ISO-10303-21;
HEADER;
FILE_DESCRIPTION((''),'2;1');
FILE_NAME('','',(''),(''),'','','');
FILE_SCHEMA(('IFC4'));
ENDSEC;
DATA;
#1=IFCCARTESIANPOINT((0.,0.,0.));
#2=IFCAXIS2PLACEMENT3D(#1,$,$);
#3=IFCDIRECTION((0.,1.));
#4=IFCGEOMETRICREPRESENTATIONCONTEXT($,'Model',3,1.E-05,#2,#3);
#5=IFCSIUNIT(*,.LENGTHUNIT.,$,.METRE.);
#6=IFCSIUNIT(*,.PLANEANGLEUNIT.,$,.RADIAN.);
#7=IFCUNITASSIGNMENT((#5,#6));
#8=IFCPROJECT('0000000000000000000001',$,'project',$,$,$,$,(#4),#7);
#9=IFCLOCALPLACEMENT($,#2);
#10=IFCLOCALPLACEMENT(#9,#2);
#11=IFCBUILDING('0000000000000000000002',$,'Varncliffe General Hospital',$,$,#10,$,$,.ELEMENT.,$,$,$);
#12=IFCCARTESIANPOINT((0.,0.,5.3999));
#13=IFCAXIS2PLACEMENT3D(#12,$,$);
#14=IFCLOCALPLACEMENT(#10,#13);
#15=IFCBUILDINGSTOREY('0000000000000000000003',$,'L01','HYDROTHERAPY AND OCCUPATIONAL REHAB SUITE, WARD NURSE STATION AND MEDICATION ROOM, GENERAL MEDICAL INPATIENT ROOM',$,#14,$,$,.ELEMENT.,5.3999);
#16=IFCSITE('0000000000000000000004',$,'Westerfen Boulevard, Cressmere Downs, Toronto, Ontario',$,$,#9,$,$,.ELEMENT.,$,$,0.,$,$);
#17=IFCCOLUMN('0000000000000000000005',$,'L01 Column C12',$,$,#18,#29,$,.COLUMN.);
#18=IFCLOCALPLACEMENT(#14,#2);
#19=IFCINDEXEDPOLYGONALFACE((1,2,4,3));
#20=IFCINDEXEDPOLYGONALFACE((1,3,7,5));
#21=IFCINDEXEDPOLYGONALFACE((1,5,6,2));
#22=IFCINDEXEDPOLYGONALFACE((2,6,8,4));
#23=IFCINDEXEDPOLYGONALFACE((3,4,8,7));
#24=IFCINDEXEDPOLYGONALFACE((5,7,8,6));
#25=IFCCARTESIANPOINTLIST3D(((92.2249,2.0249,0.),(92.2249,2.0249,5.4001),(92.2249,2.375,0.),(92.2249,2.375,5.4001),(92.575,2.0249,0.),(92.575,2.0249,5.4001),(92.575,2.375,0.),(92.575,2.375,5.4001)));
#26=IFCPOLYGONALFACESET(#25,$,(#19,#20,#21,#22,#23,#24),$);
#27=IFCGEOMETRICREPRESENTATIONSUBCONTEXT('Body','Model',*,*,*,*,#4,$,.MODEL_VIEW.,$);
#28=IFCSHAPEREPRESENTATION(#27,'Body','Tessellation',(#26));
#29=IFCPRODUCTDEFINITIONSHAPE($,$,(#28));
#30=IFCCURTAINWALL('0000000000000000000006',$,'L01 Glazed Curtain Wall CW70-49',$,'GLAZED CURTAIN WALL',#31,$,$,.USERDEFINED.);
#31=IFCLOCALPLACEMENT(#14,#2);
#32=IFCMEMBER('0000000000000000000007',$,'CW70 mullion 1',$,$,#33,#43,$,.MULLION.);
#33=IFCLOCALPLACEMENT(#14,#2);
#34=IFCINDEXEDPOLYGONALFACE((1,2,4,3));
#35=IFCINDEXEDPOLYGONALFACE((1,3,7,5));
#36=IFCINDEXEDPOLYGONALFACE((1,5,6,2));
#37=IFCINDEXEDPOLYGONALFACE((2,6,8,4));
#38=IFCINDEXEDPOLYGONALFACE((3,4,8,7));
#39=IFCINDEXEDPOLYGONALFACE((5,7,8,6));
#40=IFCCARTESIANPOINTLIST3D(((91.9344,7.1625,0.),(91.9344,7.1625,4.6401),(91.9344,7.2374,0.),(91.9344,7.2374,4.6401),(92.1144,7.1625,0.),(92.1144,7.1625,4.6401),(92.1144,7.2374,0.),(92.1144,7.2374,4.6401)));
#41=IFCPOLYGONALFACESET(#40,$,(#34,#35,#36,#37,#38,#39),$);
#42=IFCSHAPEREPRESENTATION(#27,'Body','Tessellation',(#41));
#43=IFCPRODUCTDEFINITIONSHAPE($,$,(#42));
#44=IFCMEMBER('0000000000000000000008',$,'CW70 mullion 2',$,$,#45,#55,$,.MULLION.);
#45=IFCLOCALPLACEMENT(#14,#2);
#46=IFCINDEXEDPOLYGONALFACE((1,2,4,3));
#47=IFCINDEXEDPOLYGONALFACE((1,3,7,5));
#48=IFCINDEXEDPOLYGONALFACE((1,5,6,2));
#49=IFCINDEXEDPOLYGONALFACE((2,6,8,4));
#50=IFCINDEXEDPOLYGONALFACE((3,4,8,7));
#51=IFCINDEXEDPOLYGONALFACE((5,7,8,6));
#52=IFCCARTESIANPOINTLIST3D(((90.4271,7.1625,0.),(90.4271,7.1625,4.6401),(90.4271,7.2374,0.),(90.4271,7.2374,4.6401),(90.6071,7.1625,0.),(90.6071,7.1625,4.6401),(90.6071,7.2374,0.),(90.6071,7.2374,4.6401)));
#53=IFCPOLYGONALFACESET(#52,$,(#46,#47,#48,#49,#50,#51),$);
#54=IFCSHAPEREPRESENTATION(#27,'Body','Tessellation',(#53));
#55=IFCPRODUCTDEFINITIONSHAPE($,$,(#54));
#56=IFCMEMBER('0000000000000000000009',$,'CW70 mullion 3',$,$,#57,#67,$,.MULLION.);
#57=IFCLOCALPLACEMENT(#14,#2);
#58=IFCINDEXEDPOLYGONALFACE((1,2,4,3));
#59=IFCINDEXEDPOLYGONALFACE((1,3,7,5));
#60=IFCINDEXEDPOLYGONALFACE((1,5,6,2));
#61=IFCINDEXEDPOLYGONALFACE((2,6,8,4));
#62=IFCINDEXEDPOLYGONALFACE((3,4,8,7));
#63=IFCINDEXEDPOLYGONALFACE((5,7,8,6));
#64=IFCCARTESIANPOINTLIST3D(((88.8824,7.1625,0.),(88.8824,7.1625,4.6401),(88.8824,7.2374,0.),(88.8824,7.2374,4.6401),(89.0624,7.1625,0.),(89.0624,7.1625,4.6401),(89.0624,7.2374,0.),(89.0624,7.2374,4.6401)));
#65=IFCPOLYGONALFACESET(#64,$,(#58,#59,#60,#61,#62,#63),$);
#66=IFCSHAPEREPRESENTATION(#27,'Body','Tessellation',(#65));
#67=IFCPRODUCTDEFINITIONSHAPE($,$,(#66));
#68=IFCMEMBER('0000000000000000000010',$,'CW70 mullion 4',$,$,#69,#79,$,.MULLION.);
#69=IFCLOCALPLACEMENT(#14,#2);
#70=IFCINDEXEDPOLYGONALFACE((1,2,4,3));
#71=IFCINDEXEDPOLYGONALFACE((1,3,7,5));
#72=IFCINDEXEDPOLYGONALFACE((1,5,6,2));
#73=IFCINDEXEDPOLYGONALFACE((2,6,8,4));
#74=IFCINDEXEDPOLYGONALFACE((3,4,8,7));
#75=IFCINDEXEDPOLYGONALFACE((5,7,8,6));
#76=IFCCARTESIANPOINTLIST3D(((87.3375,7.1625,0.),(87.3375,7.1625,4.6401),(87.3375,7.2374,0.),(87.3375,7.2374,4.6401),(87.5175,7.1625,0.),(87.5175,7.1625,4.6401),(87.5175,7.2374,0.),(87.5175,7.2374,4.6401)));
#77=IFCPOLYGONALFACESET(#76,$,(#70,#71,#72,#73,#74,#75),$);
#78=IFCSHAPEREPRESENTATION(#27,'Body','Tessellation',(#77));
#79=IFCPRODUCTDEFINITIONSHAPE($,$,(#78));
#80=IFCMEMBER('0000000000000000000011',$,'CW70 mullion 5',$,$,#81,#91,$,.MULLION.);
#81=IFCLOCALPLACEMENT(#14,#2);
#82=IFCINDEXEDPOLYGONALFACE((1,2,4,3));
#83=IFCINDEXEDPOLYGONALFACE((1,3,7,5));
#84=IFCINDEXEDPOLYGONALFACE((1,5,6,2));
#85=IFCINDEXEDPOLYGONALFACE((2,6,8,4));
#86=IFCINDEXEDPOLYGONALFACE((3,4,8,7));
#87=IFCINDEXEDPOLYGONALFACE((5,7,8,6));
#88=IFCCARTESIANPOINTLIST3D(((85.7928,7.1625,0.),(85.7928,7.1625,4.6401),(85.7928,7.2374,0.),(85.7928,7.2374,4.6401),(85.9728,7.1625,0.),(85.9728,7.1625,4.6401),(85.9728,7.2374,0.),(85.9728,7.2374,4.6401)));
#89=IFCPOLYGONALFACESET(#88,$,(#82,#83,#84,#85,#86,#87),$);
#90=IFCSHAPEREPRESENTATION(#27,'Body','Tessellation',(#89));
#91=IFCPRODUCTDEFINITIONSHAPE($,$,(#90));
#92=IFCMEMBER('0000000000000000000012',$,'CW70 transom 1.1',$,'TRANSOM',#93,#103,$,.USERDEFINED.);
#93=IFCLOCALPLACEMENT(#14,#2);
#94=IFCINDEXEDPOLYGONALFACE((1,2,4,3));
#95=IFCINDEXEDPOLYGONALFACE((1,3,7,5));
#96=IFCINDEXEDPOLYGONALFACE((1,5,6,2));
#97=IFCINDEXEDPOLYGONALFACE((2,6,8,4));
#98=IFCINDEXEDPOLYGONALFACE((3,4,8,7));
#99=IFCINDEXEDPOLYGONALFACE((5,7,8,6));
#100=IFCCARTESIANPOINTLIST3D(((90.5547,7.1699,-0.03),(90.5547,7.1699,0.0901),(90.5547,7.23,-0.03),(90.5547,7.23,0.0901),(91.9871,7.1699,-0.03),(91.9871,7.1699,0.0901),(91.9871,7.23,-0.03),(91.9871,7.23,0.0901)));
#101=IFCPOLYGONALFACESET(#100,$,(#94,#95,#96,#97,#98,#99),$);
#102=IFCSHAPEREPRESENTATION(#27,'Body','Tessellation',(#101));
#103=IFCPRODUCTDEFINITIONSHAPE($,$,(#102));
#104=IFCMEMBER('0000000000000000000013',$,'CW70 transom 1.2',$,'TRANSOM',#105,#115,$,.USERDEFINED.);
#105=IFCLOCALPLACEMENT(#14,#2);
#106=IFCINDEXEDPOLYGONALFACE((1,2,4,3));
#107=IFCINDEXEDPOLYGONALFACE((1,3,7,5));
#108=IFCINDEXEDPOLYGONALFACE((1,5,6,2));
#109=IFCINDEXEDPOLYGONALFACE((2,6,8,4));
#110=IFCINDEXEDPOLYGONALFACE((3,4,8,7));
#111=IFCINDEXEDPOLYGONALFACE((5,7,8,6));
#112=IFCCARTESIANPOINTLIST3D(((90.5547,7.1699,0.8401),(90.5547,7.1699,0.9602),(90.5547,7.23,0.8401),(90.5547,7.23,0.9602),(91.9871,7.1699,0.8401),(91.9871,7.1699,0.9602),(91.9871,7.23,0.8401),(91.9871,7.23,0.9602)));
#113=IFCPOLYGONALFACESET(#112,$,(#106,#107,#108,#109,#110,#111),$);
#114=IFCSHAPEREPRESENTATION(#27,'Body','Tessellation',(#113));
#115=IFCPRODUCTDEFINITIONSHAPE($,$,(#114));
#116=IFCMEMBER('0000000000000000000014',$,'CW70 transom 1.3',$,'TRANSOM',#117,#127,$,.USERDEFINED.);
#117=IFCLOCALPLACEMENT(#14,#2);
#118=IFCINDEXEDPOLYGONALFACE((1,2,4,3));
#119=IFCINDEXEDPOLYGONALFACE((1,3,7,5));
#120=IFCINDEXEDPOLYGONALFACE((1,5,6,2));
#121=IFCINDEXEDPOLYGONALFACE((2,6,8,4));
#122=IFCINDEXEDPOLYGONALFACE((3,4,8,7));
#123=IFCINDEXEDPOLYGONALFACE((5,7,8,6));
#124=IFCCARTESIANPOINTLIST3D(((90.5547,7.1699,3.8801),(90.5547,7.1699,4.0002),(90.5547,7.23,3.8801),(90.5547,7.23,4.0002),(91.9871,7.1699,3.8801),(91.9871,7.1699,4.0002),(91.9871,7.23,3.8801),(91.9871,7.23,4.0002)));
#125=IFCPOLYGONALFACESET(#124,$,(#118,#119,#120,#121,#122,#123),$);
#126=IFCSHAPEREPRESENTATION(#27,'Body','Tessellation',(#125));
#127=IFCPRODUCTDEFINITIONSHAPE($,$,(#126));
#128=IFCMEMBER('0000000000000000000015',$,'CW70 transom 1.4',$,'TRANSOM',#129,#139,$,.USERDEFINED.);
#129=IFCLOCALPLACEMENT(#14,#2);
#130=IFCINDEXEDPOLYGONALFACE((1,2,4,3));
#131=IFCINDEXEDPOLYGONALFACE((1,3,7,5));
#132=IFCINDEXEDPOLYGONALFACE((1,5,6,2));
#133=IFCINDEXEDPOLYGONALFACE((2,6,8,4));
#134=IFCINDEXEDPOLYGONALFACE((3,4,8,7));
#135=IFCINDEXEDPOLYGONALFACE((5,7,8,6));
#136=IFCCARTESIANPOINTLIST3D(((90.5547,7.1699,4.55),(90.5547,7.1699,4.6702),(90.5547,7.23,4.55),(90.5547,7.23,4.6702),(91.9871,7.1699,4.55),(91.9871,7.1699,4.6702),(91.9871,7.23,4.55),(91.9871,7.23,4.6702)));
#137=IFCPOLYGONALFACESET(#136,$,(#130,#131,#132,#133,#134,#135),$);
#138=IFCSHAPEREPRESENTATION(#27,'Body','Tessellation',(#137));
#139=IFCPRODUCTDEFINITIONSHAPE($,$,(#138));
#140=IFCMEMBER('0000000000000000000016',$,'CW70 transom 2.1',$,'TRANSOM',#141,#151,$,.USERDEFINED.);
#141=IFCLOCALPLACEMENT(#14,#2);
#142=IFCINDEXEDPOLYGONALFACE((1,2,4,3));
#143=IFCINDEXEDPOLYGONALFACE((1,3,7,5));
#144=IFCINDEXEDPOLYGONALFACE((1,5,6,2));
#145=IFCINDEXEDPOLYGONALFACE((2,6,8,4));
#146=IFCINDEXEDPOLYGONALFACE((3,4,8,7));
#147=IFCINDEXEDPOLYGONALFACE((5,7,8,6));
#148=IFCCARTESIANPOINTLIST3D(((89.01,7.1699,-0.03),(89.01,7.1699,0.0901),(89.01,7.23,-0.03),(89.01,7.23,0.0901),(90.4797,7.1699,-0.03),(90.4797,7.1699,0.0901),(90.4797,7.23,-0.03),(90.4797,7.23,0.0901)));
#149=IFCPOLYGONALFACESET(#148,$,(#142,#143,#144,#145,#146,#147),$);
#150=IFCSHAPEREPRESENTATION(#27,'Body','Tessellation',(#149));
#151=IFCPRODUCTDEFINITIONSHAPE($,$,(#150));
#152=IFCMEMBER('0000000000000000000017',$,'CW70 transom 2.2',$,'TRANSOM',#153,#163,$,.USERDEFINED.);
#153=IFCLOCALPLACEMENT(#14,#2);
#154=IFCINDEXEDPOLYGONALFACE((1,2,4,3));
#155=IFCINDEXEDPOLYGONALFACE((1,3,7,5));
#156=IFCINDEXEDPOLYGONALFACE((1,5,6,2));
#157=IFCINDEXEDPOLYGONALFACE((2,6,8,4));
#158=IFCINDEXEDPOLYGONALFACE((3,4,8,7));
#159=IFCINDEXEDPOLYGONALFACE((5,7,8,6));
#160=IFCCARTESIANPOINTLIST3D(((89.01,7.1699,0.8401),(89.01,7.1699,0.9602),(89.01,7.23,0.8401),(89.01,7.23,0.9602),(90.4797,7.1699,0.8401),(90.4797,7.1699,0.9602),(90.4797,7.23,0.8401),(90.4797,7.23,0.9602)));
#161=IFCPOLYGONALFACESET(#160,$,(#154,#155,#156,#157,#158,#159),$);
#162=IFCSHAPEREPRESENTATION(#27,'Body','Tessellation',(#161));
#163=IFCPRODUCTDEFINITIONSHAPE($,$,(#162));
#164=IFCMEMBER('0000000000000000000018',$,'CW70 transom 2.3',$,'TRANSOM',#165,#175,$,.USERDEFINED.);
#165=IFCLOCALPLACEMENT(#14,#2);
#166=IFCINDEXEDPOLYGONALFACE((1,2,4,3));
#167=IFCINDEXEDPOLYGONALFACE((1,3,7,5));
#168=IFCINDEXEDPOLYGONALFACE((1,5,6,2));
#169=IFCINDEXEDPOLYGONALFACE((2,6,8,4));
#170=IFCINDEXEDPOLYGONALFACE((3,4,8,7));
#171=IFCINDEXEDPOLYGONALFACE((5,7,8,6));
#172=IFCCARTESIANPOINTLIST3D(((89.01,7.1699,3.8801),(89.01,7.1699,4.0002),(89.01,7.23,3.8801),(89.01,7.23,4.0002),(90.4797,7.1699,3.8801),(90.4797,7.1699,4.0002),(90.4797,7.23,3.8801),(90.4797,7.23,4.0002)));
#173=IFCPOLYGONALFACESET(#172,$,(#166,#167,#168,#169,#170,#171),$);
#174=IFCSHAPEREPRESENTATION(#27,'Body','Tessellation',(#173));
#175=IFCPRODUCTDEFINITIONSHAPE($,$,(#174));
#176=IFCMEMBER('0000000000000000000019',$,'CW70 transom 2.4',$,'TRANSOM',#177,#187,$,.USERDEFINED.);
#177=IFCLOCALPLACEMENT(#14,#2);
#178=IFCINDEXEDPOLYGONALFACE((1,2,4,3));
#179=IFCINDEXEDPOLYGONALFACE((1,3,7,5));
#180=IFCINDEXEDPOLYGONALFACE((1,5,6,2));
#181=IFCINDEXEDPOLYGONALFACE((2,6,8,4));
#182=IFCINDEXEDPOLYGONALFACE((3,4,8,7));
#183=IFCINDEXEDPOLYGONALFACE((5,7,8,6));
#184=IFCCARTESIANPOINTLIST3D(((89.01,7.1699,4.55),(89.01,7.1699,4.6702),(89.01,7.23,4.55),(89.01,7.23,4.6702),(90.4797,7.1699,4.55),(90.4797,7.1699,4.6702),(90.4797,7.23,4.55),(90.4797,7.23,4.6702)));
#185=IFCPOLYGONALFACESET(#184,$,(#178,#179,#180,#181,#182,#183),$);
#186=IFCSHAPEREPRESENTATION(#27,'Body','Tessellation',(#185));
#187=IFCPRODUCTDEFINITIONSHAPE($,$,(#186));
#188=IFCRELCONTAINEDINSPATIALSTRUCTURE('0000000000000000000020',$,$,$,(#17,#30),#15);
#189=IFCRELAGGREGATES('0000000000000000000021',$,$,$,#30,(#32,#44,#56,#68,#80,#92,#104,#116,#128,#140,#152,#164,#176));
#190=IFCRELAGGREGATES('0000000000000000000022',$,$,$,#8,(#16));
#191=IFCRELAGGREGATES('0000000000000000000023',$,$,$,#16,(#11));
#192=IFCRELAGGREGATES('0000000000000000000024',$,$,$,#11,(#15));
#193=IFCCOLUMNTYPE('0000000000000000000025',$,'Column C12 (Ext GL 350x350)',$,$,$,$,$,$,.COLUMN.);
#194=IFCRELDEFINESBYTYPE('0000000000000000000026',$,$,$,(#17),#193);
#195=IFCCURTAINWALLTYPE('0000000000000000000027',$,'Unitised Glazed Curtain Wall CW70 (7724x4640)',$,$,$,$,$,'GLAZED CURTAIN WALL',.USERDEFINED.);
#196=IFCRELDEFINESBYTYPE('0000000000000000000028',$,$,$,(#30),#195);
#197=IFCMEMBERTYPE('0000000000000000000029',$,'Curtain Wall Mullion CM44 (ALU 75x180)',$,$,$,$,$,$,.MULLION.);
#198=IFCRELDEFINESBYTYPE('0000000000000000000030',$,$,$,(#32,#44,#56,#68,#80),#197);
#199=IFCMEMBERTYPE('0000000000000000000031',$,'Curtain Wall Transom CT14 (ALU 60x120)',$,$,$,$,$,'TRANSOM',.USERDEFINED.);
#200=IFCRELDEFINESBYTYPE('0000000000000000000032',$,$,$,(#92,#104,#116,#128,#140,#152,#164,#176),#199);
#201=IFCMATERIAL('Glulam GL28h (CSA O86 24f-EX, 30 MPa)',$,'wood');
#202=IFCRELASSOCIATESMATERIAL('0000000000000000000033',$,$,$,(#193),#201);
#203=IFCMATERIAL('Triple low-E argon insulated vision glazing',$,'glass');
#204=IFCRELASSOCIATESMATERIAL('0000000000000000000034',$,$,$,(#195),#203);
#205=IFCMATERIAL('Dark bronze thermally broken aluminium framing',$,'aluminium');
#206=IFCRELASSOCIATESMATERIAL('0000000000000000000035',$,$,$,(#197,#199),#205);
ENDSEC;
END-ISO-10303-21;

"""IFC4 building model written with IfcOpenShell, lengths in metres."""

from ifc_helpers import new_model, si_unit, direction, frame, origin, origin_2d, place, context, subcontext, project, spatial, rectangle, extrude, material, material_profile, profile_set, type_object, element, aggregate, save


model = new_model("IFC4")

# Units and contexts
model_context = context("Model", 3, precision=1e-05, world=origin(), true_north=direction((0.0, 1.0)))
body_context = subcontext(model_context, "Body", "Model", "MODEL_VIEW")
ifc_project = project(units=[si_unit("LENGTHUNIT", "METRE"), si_unit("PLANEANGLEUNIT", "RADIAN")], contexts=[model_context])

# Site, building, storey
site_placement = place(None, origin())
site = spatial("IfcSite", under=ifc_project, at=site_placement, Name="Westerfen Boulevard, Cressmere Downs, Toronto, Ontario", CompositionType="ELEMENT", RefElevation=0.0)
building_placement = place(site_placement, origin())
building = spatial("IfcBuilding", under=site, at=building_placement, Name="Varncliffe General Hospital", CompositionType="ELEMENT")
storey_placement = place(building_placement, frame((0.0, 0.0, 5.3999)))
storey = spatial("IfcBuildingStorey", under=building, at=storey_placement, Name="L01", Description="HYDROTHERAPY AND OCCUPATIONAL REHAB SUITE, WARD NURSE STATION AND MEDICATION ROOM, GENERAL MEDICAL INPATIENT ROOM", CompositionType="ELEMENT", Elevation=5.3999)

# Column
ifc_material_1 = material(Name="Glulam GL28h (CSA O86 24f-EX, 30 MPa)", Category="wood")
ifc_material_profile_1 = material_profile(ifc_material_1, rectangle(XDim=0.3501, YDim=0.3501, at=origin_2d()), Name="GL 350x350")
ifc_profile_set_1 = profile_set([ifc_material_profile_1], Name="Glulam GL28h (CSA O86 24f-EX, 30 MPa)")
column_type = type_object("IfcColumnType", Name="Column C12 (Ext GL 350x350)", PredefinedType="COLUMN", material=ifc_profile_set_1)
column_placement = place(storey_placement, frame((92.3999, 2.2, 0.0), z_axis=(0.0, 0.0, 1.0), x_axis=(1.0, 0.0, 0.0)))
element("IfcColumn", 1, at=column_placement, inside=storey, type_object=column_type, Name="L01 Column C12", PredefinedType="COLUMN", context=body_context, shape_type="SweptSolid", body=[
    extrude(rectangle(XDim=0.3501, YDim=0.3501, at=origin_2d()), origin(), (0.0, 0.0, 1.0), 5.4001),
])

# Curtain wall, members
ifc_material_2 = material(Name="Triple low-E argon insulated vision glazing", Category="glass")
curtain_wall_type = type_object("IfcCurtainWallType", Name="Unitised Glazed Curtain Wall CW70 (7724x4640)", ElementType="GLAZED CURTAIN WALL", PredefinedType="USERDEFINED", material=ifc_material_2)
curtain_wall_placement = place(storey_placement, origin())
curtain_wall = element("IfcCurtainWall", 2, at=curtain_wall_placement, inside=storey, type_object=curtain_wall_type, Name="L01 Glazed Curtain Wall CW70-49", ObjectType="GLAZED CURTAIN WALL", PredefinedType="USERDEFINED")
ifc_material_3 = material(Name="Dark bronze thermally broken aluminium framing", Category="aluminium")
ifc_material_profile_2 = material_profile(ifc_material_3, rectangle(XDim=0.075, YDim=0.1799, at=origin_2d()), Name="ALU 75x180")
ifc_profile_set_2 = profile_set([ifc_material_profile_2], Name="Dark bronze thermally broken aluminium framing")
member_type_1 = type_object("IfcMemberType", Name="Curtain Wall Mullion CM44 (ALU 75x180)", PredefinedType="MULLION", material=ifc_profile_set_2)
member_1_placement = place(storey_placement, frame((92.0244, 7.2, 0.0), z_axis=(0.0, 0.0, 1.0), x_axis=(0.0, -1.0, 0.0)))
member_1 = element("IfcMember", 3, at=member_1_placement, type_object=member_type_1, Name="CW70 mullion 1", PredefinedType="MULLION", context=body_context, shape_type="SweptSolid", body=[
    extrude(rectangle(XDim=0.075, YDim=0.1799, at=origin_2d()), origin(), (0.0, 0.0, 1.0), 4.6401),
])
member_2_placement = place(storey_placement, frame((90.5171, 7.2, 0.0), z_axis=(0.0, 0.0, 1.0), x_axis=(0.0, -1.0, 0.0)))
member_2 = element("IfcMember", 4, at=member_2_placement, type_object=member_type_1, Name="CW70 mullion 2", PredefinedType="MULLION", context=body_context, shape_type="SweptSolid", body=[
    extrude(rectangle(XDim=0.075, YDim=0.1799, at=origin_2d()), origin(), (0.0, 0.0, 1.0), 4.6401),
])
member_3_placement = place(storey_placement, frame((88.9724, 7.2, 0.0), z_axis=(0.0, 0.0, 1.0), x_axis=(0.0, -1.0, 0.0)))
member_3 = element("IfcMember", 5, at=member_3_placement, type_object=member_type_1, Name="CW70 mullion 3", PredefinedType="MULLION", context=body_context, shape_type="SweptSolid", body=[
    extrude(rectangle(XDim=0.075, YDim=0.1799, at=origin_2d()), origin(), (0.0, 0.0, 1.0), 4.6401),
])
member_4_placement = place(storey_placement, frame((87.4275, 7.2, 0.0), z_axis=(0.0, 0.0, 1.0), x_axis=(0.0, -1.0, 0.0)))
member_4 = element("IfcMember", 6, at=member_4_placement, type_object=member_type_1, Name="CW70 mullion 4", PredefinedType="MULLION", context=body_context, shape_type="SweptSolid", body=[
    extrude(rectangle(XDim=0.075, YDim=0.1799, at=origin_2d()), origin(), (0.0, 0.0, 1.0), 4.6401),
])
member_5_placement = place(storey_placement, frame((85.8828, 7.2, 0.0), z_axis=(0.0, 0.0, 1.0), x_axis=(0.0, -1.0, 0.0)))
member_5 = element("IfcMember", 7, at=member_5_placement, type_object=member_type_1, Name="CW70 mullion 5", PredefinedType="MULLION", context=body_context, shape_type="SweptSolid", body=[
    extrude(rectangle(XDim=0.075, YDim=0.1799, at=origin_2d()), origin(), (0.0, 0.0, 1.0), 4.6401),
])
ifc_material_profile_3 = material_profile(ifc_material_3, rectangle(XDim=0.0601, YDim=0.1201, at=origin_2d()), Name="ALU 60x120")
ifc_profile_set_3 = profile_set([ifc_material_profile_3], Name="Dark bronze thermally broken aluminium framing")
member_type_2 = type_object("IfcMemberType", Name="Curtain Wall Transom CT14 (ALU 60x120)", ElementType="TRANSOM", PredefinedType="USERDEFINED", material=ifc_profile_set_3)
member_6_placement = place(storey_placement, frame((91.9871, 7.2, 0.03), z_axis=(-1.0, 0.0, 0.0), x_axis=(0.0, -1.0, 0.0)))
member_6 = element("IfcMember", 8, at=member_6_placement, type_object=member_type_2, Name="CW70 transom 1.1", ObjectType="TRANSOM", PredefinedType="USERDEFINED", context=body_context, shape_type="SweptSolid", body=[
    extrude(rectangle(XDim=0.0601, YDim=0.1201, at=origin_2d()), origin(), (0.0, 0.0, 1.0), 1.4324),
])
member_7_placement = place(storey_placement, frame((91.9871, 7.2, 0.9001), z_axis=(-1.0, 0.0, 0.0), x_axis=(0.0, -1.0, 0.0)))
member_7 = element("IfcMember", 9, at=member_7_placement, type_object=member_type_2, Name="CW70 transom 1.2", ObjectType="TRANSOM", PredefinedType="USERDEFINED", context=body_context, shape_type="SweptSolid", body=[
    extrude(rectangle(XDim=0.0601, YDim=0.1201, at=origin_2d()), origin(), (0.0, 0.0, 1.0), 1.4324),
])
member_8_placement = place(storey_placement, frame((91.9871, 7.2, 3.9402), z_axis=(-1.0, 0.0, 0.0), x_axis=(0.0, -1.0, 0.0)))
member_8 = element("IfcMember", 10, at=member_8_placement, type_object=member_type_2, Name="CW70 transom 1.3", ObjectType="TRANSOM", PredefinedType="USERDEFINED", context=body_context, shape_type="SweptSolid", body=[
    extrude(rectangle(XDim=0.0601, YDim=0.1201, at=origin_2d()), origin(), (0.0, 0.0, 1.0), 1.4324),
])
member_9_placement = place(storey_placement, frame((91.9871, 7.2, 4.6101), z_axis=(-1.0, 0.0, 0.0), x_axis=(0.0, -1.0, 0.0)))
member_9 = element("IfcMember", 11, at=member_9_placement, type_object=member_type_2, Name="CW70 transom 1.4", ObjectType="TRANSOM", PredefinedType="USERDEFINED", context=body_context, shape_type="SweptSolid", body=[
    extrude(rectangle(XDim=0.0601, YDim=0.1201, at=origin_2d()), origin(), (0.0, 0.0, 1.0), 1.4324),
])
member_10_placement = place(storey_placement, frame((90.4797, 7.2, 0.03), z_axis=(-1.0, 0.0, 0.0), x_axis=(0.0, -1.0, 0.0)))
member_10 = element("IfcMember", 12, at=member_10_placement, type_object=member_type_2, Name="CW70 transom 2.1", ObjectType="TRANSOM", PredefinedType="USERDEFINED", context=body_context, shape_type="SweptSolid", body=[
    extrude(rectangle(XDim=0.0601, YDim=0.1201, at=origin_2d()), origin(), (0.0, 0.0, 1.0), 1.4697),
])
member_11_placement = place(storey_placement, frame((90.4797, 7.2, 0.9001), z_axis=(-1.0, 0.0, 0.0), x_axis=(0.0, -1.0, 0.0)))
member_11 = element("IfcMember", 13, at=member_11_placement, type_object=member_type_2, Name="CW70 transom 2.2", ObjectType="TRANSOM", PredefinedType="USERDEFINED", context=body_context, shape_type="SweptSolid", body=[
    extrude(rectangle(XDim=0.0601, YDim=0.1201, at=origin_2d()), origin(), (0.0, 0.0, 1.0), 1.4697),
])
member_12_placement = place(storey_placement, frame((90.4797, 7.2, 3.9402), z_axis=(-1.0, 0.0, 0.0), x_axis=(0.0, -1.0, 0.0)))
member_12 = element("IfcMember", 14, at=member_12_placement, type_object=member_type_2, Name="CW70 transom 2.3", ObjectType="TRANSOM", PredefinedType="USERDEFINED", context=body_context, shape_type="SweptSolid", body=[
    extrude(rectangle(XDim=0.0601, YDim=0.1201, at=origin_2d()), origin(), (0.0, 0.0, 1.0), 1.4697),
])
member_13_placement = place(storey_placement, frame((90.4797, 7.2, 4.6101), z_axis=(-1.0, 0.0, 0.0), x_axis=(0.0, -1.0, 0.0)))
member_13 = element("IfcMember", 15, at=member_13_placement, type_object=member_type_2, Name="CW70 transom 2.4", ObjectType="TRANSOM", PredefinedType="USERDEFINED", context=body_context, shape_type="SweptSolid", body=[
    extrude(rectangle(XDim=0.0601, YDim=0.1201, at=origin_2d()), origin(), (0.0, 0.0, 1.0), 1.4697),
])
aggregate(curtain_wall, [member_1, member_2, member_3, member_4, member_5, member_6, member_7, member_8, member_9, member_10, member_11, member_12, member_13])

save(model, "model.ifc")
